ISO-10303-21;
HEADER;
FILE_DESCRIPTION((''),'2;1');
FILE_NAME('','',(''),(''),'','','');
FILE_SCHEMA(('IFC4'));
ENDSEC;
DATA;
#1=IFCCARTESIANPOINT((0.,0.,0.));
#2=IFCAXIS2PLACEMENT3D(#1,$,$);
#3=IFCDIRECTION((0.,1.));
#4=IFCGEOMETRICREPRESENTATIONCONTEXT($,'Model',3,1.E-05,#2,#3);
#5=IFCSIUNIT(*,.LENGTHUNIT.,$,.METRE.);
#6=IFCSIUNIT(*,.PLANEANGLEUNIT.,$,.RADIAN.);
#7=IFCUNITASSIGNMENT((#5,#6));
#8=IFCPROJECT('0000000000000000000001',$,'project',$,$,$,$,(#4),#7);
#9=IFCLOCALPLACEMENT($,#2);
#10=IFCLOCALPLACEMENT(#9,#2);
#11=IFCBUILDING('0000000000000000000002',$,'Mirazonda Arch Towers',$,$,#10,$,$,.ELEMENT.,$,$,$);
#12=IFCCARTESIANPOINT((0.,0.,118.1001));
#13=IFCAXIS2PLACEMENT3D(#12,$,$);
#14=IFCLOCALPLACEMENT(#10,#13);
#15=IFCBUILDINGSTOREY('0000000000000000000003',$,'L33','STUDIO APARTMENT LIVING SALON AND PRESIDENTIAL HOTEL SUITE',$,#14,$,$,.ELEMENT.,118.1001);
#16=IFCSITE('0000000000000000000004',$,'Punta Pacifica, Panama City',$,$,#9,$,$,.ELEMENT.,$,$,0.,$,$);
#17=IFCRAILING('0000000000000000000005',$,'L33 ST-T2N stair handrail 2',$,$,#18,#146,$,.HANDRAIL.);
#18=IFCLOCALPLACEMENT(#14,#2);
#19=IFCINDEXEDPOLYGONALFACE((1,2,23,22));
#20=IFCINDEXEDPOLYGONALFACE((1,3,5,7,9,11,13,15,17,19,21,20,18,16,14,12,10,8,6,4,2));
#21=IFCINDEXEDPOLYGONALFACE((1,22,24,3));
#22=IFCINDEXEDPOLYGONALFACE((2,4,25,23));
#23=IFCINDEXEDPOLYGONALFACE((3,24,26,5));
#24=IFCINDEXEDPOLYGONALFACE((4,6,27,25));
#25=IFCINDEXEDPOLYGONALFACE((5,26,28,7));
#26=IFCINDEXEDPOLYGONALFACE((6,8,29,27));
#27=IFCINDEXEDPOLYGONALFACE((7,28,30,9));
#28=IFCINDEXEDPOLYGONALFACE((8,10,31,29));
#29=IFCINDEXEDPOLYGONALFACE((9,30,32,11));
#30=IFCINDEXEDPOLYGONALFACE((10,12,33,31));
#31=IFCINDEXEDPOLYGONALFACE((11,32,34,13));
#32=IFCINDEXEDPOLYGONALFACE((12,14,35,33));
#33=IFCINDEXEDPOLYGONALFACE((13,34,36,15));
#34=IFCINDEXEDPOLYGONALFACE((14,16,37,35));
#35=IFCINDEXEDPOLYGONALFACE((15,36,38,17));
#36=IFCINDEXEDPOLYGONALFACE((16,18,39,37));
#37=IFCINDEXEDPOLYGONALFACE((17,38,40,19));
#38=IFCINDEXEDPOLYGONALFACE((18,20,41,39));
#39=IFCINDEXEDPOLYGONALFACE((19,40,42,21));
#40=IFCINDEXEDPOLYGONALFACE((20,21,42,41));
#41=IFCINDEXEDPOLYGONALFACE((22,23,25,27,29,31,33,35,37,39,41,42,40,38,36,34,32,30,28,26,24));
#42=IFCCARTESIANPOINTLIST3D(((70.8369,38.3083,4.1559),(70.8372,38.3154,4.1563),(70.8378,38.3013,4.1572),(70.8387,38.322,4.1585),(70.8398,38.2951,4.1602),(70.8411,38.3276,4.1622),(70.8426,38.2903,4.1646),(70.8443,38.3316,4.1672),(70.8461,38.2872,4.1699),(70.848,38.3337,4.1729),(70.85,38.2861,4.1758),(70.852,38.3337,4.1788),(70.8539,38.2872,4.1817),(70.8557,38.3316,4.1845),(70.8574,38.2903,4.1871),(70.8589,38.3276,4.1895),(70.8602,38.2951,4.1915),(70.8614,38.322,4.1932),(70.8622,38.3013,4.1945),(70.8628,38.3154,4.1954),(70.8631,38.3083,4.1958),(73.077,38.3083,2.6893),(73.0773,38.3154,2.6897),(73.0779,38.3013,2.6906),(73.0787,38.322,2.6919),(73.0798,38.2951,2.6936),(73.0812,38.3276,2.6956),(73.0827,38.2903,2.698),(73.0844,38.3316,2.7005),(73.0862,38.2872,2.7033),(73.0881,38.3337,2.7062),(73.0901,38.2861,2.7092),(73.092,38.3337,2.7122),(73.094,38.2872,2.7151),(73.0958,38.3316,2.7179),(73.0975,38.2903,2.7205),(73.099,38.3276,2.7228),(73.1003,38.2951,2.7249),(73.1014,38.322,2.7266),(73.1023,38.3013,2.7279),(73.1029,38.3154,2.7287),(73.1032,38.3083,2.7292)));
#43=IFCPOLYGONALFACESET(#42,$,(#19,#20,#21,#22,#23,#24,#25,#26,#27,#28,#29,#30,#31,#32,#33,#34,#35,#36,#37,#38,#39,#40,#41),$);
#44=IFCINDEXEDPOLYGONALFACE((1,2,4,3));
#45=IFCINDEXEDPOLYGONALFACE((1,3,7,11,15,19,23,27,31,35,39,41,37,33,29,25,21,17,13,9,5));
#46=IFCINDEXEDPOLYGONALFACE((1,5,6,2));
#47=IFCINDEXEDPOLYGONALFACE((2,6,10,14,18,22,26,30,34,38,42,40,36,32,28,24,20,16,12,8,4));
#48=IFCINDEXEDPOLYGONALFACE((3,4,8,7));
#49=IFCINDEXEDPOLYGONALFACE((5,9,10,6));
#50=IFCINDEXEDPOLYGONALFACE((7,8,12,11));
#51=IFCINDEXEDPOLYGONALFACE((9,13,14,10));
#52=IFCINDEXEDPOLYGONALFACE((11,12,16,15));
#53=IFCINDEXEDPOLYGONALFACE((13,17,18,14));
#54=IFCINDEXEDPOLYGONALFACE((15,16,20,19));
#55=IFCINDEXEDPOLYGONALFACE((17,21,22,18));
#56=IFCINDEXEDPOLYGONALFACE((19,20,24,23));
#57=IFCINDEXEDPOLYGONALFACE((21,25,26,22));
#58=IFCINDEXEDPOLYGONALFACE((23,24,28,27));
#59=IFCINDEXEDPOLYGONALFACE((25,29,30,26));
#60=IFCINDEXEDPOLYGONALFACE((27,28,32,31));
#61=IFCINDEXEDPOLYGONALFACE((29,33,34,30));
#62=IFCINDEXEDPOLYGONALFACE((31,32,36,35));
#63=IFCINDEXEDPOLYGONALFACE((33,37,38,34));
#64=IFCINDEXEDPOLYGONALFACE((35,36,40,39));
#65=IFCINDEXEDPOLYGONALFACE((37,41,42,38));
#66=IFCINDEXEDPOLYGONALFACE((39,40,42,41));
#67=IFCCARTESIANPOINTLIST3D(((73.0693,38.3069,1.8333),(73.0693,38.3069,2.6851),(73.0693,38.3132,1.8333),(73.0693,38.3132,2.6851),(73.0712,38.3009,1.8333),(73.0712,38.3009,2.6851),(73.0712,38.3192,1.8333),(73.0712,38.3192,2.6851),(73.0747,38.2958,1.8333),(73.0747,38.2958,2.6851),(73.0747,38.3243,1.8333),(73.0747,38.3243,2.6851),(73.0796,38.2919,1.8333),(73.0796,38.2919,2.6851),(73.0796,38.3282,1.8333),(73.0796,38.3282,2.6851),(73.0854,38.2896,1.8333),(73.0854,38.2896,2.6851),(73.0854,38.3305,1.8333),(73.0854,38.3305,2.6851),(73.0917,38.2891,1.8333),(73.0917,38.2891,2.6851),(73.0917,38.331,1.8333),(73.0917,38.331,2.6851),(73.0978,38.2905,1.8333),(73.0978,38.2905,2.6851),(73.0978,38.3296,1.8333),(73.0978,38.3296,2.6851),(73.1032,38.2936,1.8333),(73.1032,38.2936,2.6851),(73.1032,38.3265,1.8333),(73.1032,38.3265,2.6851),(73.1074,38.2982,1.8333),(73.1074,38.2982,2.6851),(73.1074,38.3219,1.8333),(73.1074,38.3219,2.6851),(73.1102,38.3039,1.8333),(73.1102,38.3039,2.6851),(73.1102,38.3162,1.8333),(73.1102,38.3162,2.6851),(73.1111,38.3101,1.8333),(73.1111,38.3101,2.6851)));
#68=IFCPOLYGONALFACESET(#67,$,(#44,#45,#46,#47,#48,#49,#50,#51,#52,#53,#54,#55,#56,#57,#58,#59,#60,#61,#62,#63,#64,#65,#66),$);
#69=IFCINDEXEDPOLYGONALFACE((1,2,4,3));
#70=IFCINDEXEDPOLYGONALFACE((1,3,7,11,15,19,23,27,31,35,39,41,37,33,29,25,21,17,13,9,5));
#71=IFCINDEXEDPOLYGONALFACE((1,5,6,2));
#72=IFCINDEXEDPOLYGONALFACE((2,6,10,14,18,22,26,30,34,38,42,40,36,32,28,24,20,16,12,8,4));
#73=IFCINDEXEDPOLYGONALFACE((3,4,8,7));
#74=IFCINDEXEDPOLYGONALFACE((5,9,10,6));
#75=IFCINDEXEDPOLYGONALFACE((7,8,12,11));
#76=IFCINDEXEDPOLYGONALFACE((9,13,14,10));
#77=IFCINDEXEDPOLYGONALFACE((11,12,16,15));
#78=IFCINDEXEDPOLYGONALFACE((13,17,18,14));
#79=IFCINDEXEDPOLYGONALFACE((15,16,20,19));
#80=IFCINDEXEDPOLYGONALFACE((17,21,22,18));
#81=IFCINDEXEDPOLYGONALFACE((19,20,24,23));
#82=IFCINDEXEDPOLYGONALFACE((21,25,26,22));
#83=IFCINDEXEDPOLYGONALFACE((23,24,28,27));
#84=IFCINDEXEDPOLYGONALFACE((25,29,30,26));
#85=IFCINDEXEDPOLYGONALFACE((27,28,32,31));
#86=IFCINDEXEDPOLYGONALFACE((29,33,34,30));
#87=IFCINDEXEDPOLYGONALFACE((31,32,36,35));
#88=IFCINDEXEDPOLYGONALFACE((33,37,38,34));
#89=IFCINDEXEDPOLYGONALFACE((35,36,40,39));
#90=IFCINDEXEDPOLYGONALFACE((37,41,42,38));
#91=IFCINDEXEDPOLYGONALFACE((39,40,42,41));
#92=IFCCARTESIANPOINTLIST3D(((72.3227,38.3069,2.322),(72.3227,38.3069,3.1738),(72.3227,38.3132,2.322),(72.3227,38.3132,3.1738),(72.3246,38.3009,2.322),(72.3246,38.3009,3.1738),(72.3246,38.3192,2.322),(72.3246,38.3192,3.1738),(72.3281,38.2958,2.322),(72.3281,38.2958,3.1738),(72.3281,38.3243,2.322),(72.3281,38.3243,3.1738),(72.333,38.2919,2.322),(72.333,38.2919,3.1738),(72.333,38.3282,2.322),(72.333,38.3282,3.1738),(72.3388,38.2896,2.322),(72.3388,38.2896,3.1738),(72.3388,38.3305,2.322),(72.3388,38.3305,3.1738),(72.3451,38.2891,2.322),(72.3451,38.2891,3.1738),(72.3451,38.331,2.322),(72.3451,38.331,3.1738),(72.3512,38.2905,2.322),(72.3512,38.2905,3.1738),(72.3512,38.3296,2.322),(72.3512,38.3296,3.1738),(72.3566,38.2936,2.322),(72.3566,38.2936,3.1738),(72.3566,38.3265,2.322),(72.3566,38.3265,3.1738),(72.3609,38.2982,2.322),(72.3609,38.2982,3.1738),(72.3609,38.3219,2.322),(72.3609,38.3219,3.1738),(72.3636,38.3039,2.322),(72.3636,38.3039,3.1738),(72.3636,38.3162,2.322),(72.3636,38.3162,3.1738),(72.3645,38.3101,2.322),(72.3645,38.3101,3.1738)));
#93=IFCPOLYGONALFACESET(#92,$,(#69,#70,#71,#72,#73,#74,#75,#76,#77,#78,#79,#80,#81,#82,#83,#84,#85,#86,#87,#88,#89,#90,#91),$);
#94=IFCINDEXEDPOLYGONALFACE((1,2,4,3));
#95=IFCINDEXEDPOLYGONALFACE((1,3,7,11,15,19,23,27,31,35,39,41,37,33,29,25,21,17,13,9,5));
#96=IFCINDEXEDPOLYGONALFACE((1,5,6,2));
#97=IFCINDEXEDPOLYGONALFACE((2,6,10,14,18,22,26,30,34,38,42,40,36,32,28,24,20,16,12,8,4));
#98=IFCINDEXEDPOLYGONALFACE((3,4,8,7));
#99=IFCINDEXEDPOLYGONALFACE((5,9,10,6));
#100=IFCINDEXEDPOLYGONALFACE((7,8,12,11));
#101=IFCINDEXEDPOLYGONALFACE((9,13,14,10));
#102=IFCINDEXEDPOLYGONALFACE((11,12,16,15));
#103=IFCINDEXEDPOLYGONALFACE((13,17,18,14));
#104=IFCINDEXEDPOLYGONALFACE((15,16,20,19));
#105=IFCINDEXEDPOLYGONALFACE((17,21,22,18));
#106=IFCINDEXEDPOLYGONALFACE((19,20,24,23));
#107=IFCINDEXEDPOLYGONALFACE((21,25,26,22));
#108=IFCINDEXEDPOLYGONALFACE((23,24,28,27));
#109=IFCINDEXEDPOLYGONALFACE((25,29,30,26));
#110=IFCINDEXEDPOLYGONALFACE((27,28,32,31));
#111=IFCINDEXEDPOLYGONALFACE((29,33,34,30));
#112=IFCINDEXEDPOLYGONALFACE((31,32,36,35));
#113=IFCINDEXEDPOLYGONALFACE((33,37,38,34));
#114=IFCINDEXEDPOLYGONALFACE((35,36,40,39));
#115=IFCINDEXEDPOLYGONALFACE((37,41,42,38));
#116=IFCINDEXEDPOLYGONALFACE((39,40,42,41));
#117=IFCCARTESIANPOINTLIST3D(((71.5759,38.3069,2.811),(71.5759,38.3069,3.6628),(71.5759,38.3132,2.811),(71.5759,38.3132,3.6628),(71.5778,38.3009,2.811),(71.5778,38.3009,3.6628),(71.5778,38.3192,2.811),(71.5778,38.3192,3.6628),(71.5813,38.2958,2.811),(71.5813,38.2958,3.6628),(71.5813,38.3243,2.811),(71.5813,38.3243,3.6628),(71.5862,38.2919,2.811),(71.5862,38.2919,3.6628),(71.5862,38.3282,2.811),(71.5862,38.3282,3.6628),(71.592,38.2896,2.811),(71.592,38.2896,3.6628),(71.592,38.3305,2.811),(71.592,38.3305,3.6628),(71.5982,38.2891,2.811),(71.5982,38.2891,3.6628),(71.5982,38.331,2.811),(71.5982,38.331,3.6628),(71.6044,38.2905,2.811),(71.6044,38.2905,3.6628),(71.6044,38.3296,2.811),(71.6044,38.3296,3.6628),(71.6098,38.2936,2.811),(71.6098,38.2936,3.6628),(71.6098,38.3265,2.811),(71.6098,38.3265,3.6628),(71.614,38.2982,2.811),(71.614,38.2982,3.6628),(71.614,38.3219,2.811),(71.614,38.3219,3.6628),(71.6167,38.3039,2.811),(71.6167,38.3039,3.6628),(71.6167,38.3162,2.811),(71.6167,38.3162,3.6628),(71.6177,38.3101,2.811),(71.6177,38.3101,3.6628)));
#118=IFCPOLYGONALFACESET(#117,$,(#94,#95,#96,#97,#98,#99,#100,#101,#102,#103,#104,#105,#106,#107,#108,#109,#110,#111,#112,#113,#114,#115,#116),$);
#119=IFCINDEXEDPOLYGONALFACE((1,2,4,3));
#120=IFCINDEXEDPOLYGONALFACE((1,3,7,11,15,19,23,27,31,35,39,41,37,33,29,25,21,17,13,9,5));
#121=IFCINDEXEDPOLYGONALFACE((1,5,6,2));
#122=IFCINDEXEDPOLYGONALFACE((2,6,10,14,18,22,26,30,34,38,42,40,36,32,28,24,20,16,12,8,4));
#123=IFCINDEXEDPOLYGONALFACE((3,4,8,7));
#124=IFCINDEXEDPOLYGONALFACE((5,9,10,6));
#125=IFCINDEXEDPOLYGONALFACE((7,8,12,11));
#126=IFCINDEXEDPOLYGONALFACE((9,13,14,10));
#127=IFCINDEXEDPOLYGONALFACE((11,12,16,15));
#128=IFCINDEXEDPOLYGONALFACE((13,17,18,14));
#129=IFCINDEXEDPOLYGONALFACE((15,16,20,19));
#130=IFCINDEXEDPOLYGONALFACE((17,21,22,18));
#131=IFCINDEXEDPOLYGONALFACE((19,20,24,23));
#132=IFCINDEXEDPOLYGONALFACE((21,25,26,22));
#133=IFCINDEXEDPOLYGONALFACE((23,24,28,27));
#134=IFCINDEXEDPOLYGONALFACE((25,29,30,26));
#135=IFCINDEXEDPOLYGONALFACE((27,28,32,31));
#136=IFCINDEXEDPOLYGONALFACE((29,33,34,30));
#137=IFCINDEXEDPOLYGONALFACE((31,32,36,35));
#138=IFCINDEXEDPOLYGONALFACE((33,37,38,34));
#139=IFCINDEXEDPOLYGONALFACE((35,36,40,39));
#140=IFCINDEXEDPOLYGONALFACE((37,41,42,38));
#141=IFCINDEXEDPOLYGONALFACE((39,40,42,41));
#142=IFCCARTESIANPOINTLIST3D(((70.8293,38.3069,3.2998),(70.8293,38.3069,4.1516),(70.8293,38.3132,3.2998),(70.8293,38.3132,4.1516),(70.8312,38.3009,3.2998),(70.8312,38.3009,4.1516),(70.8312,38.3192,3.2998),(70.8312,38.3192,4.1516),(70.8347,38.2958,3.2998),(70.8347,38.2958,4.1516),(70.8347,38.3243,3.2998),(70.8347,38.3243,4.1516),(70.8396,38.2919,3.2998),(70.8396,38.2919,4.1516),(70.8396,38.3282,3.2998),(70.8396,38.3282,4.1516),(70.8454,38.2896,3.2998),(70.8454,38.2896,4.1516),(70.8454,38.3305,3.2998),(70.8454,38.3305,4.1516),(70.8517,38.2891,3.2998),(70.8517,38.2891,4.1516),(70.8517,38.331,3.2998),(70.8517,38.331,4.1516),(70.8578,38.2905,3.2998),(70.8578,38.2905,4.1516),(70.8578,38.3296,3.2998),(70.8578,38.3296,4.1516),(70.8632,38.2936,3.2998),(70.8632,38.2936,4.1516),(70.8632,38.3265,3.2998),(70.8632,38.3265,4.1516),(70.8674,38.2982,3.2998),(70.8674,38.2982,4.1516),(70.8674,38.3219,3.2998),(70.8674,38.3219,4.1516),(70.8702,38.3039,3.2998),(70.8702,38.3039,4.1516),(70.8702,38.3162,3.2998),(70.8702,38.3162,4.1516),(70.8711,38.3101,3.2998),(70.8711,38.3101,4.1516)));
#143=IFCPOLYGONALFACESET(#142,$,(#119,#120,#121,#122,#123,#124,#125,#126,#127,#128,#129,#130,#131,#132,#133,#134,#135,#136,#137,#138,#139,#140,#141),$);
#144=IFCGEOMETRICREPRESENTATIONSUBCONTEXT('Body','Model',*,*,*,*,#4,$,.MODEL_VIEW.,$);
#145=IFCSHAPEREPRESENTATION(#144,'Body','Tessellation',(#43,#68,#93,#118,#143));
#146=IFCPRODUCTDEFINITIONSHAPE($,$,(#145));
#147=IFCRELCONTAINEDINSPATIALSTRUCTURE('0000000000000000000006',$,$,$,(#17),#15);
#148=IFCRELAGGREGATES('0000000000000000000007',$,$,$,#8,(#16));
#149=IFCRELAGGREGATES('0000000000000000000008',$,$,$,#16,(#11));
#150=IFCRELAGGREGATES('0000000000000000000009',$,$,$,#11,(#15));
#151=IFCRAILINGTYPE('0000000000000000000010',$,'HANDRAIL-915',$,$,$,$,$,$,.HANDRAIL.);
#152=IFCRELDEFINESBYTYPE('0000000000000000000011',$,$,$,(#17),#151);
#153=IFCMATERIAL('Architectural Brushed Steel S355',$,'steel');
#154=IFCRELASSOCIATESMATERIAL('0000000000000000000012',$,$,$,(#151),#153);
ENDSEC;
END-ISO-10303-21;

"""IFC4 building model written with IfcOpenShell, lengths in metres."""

from ifc_helpers import new_model, si_unit, direction, frame, origin, origin_2d, place, context, subcontext, project, spatial, circle, extrude, material, type_object, element, save


model = new_model("IFC4")

# Units and contexts
model_context = context("Model", 3, precision=1e-05, world=origin(), true_north=direction((0.0, 1.0)))
body_context = subcontext(model_context, "Body", "Model", "MODEL_VIEW")
ifc_project = project(units=[si_unit("LENGTHUNIT", "METRE"), si_unit("PLANEANGLEUNIT", "RADIAN")], contexts=[model_context])

# Site, building, storey
site_placement = place(None, origin())
site = spatial("IfcSite", under=ifc_project, at=site_placement, Name="Punta Pacifica, Panama City", CompositionType="ELEMENT", RefElevation=0.0)
building_placement = place(site_placement, origin())
building = spatial("IfcBuilding", under=site, at=building_placement, Name="Mirazonda Arch Towers", CompositionType="ELEMENT")
storey_placement = place(building_placement, frame((0.0, 0.0, 118.1001)))
storey = spatial("IfcBuildingStorey", under=building, at=storey_placement, Name="L33", Description="STUDIO APARTMENT LIVING SALON AND PRESIDENTIAL HOTEL SUITE", CompositionType="ELEMENT", Elevation=118.1001)

# Shared definitions
ifc_material_1 = material(Name="Architectural Brushed Steel S355", Category="steel")

# Railing
railing_type_1 = type_object("IfcRailingType", Name="HANDRAIL-915", PredefinedType="HANDRAIL", material=ifc_material_1)
railing_1_placement = place(storey_placement, frame((73.0901, 38.3101, 1.8333)))
element("IfcRailing", 1, at=railing_1_placement, inside=storey, type_object=railing_type_1, Name="L33 ST-T2N stair handrail 2", PredefinedType="HANDRAIL", context=body_context, shape_type="SweptSolid", body=[
    extrude(circle(Radius=0.0239, at=origin_2d()), frame((0.0, 0.0, 0.876), z_axis=(-0.836637, 0.0, 0.547758), x_axis=(0.0, -1.0, 0.0)), (0.0, 0.0, 1.0), 2.6775),
    extrude(circle(Radius=0.021, at=origin_2d()), origin(), (0.0, 0.0, 1.0), 0.8518),
    extrude(circle(Radius=0.021, at=origin_2d()), frame((-0.7466, 0.0, 0.4888)), (0.0, 0.0, 1.0), 0.8518),
    extrude(circle(Radius=0.021, at=origin_2d()), frame((-1.4934, 0.0, 0.9778)), (0.0, 0.0, 1.0), 0.8518),
    extrude(circle(Radius=0.021, at=origin_2d()), frame((-2.24, 0.0, 1.4666)), (0.0, 0.0, 1.0), 0.8518),
])

save(model, "model.ifc")
